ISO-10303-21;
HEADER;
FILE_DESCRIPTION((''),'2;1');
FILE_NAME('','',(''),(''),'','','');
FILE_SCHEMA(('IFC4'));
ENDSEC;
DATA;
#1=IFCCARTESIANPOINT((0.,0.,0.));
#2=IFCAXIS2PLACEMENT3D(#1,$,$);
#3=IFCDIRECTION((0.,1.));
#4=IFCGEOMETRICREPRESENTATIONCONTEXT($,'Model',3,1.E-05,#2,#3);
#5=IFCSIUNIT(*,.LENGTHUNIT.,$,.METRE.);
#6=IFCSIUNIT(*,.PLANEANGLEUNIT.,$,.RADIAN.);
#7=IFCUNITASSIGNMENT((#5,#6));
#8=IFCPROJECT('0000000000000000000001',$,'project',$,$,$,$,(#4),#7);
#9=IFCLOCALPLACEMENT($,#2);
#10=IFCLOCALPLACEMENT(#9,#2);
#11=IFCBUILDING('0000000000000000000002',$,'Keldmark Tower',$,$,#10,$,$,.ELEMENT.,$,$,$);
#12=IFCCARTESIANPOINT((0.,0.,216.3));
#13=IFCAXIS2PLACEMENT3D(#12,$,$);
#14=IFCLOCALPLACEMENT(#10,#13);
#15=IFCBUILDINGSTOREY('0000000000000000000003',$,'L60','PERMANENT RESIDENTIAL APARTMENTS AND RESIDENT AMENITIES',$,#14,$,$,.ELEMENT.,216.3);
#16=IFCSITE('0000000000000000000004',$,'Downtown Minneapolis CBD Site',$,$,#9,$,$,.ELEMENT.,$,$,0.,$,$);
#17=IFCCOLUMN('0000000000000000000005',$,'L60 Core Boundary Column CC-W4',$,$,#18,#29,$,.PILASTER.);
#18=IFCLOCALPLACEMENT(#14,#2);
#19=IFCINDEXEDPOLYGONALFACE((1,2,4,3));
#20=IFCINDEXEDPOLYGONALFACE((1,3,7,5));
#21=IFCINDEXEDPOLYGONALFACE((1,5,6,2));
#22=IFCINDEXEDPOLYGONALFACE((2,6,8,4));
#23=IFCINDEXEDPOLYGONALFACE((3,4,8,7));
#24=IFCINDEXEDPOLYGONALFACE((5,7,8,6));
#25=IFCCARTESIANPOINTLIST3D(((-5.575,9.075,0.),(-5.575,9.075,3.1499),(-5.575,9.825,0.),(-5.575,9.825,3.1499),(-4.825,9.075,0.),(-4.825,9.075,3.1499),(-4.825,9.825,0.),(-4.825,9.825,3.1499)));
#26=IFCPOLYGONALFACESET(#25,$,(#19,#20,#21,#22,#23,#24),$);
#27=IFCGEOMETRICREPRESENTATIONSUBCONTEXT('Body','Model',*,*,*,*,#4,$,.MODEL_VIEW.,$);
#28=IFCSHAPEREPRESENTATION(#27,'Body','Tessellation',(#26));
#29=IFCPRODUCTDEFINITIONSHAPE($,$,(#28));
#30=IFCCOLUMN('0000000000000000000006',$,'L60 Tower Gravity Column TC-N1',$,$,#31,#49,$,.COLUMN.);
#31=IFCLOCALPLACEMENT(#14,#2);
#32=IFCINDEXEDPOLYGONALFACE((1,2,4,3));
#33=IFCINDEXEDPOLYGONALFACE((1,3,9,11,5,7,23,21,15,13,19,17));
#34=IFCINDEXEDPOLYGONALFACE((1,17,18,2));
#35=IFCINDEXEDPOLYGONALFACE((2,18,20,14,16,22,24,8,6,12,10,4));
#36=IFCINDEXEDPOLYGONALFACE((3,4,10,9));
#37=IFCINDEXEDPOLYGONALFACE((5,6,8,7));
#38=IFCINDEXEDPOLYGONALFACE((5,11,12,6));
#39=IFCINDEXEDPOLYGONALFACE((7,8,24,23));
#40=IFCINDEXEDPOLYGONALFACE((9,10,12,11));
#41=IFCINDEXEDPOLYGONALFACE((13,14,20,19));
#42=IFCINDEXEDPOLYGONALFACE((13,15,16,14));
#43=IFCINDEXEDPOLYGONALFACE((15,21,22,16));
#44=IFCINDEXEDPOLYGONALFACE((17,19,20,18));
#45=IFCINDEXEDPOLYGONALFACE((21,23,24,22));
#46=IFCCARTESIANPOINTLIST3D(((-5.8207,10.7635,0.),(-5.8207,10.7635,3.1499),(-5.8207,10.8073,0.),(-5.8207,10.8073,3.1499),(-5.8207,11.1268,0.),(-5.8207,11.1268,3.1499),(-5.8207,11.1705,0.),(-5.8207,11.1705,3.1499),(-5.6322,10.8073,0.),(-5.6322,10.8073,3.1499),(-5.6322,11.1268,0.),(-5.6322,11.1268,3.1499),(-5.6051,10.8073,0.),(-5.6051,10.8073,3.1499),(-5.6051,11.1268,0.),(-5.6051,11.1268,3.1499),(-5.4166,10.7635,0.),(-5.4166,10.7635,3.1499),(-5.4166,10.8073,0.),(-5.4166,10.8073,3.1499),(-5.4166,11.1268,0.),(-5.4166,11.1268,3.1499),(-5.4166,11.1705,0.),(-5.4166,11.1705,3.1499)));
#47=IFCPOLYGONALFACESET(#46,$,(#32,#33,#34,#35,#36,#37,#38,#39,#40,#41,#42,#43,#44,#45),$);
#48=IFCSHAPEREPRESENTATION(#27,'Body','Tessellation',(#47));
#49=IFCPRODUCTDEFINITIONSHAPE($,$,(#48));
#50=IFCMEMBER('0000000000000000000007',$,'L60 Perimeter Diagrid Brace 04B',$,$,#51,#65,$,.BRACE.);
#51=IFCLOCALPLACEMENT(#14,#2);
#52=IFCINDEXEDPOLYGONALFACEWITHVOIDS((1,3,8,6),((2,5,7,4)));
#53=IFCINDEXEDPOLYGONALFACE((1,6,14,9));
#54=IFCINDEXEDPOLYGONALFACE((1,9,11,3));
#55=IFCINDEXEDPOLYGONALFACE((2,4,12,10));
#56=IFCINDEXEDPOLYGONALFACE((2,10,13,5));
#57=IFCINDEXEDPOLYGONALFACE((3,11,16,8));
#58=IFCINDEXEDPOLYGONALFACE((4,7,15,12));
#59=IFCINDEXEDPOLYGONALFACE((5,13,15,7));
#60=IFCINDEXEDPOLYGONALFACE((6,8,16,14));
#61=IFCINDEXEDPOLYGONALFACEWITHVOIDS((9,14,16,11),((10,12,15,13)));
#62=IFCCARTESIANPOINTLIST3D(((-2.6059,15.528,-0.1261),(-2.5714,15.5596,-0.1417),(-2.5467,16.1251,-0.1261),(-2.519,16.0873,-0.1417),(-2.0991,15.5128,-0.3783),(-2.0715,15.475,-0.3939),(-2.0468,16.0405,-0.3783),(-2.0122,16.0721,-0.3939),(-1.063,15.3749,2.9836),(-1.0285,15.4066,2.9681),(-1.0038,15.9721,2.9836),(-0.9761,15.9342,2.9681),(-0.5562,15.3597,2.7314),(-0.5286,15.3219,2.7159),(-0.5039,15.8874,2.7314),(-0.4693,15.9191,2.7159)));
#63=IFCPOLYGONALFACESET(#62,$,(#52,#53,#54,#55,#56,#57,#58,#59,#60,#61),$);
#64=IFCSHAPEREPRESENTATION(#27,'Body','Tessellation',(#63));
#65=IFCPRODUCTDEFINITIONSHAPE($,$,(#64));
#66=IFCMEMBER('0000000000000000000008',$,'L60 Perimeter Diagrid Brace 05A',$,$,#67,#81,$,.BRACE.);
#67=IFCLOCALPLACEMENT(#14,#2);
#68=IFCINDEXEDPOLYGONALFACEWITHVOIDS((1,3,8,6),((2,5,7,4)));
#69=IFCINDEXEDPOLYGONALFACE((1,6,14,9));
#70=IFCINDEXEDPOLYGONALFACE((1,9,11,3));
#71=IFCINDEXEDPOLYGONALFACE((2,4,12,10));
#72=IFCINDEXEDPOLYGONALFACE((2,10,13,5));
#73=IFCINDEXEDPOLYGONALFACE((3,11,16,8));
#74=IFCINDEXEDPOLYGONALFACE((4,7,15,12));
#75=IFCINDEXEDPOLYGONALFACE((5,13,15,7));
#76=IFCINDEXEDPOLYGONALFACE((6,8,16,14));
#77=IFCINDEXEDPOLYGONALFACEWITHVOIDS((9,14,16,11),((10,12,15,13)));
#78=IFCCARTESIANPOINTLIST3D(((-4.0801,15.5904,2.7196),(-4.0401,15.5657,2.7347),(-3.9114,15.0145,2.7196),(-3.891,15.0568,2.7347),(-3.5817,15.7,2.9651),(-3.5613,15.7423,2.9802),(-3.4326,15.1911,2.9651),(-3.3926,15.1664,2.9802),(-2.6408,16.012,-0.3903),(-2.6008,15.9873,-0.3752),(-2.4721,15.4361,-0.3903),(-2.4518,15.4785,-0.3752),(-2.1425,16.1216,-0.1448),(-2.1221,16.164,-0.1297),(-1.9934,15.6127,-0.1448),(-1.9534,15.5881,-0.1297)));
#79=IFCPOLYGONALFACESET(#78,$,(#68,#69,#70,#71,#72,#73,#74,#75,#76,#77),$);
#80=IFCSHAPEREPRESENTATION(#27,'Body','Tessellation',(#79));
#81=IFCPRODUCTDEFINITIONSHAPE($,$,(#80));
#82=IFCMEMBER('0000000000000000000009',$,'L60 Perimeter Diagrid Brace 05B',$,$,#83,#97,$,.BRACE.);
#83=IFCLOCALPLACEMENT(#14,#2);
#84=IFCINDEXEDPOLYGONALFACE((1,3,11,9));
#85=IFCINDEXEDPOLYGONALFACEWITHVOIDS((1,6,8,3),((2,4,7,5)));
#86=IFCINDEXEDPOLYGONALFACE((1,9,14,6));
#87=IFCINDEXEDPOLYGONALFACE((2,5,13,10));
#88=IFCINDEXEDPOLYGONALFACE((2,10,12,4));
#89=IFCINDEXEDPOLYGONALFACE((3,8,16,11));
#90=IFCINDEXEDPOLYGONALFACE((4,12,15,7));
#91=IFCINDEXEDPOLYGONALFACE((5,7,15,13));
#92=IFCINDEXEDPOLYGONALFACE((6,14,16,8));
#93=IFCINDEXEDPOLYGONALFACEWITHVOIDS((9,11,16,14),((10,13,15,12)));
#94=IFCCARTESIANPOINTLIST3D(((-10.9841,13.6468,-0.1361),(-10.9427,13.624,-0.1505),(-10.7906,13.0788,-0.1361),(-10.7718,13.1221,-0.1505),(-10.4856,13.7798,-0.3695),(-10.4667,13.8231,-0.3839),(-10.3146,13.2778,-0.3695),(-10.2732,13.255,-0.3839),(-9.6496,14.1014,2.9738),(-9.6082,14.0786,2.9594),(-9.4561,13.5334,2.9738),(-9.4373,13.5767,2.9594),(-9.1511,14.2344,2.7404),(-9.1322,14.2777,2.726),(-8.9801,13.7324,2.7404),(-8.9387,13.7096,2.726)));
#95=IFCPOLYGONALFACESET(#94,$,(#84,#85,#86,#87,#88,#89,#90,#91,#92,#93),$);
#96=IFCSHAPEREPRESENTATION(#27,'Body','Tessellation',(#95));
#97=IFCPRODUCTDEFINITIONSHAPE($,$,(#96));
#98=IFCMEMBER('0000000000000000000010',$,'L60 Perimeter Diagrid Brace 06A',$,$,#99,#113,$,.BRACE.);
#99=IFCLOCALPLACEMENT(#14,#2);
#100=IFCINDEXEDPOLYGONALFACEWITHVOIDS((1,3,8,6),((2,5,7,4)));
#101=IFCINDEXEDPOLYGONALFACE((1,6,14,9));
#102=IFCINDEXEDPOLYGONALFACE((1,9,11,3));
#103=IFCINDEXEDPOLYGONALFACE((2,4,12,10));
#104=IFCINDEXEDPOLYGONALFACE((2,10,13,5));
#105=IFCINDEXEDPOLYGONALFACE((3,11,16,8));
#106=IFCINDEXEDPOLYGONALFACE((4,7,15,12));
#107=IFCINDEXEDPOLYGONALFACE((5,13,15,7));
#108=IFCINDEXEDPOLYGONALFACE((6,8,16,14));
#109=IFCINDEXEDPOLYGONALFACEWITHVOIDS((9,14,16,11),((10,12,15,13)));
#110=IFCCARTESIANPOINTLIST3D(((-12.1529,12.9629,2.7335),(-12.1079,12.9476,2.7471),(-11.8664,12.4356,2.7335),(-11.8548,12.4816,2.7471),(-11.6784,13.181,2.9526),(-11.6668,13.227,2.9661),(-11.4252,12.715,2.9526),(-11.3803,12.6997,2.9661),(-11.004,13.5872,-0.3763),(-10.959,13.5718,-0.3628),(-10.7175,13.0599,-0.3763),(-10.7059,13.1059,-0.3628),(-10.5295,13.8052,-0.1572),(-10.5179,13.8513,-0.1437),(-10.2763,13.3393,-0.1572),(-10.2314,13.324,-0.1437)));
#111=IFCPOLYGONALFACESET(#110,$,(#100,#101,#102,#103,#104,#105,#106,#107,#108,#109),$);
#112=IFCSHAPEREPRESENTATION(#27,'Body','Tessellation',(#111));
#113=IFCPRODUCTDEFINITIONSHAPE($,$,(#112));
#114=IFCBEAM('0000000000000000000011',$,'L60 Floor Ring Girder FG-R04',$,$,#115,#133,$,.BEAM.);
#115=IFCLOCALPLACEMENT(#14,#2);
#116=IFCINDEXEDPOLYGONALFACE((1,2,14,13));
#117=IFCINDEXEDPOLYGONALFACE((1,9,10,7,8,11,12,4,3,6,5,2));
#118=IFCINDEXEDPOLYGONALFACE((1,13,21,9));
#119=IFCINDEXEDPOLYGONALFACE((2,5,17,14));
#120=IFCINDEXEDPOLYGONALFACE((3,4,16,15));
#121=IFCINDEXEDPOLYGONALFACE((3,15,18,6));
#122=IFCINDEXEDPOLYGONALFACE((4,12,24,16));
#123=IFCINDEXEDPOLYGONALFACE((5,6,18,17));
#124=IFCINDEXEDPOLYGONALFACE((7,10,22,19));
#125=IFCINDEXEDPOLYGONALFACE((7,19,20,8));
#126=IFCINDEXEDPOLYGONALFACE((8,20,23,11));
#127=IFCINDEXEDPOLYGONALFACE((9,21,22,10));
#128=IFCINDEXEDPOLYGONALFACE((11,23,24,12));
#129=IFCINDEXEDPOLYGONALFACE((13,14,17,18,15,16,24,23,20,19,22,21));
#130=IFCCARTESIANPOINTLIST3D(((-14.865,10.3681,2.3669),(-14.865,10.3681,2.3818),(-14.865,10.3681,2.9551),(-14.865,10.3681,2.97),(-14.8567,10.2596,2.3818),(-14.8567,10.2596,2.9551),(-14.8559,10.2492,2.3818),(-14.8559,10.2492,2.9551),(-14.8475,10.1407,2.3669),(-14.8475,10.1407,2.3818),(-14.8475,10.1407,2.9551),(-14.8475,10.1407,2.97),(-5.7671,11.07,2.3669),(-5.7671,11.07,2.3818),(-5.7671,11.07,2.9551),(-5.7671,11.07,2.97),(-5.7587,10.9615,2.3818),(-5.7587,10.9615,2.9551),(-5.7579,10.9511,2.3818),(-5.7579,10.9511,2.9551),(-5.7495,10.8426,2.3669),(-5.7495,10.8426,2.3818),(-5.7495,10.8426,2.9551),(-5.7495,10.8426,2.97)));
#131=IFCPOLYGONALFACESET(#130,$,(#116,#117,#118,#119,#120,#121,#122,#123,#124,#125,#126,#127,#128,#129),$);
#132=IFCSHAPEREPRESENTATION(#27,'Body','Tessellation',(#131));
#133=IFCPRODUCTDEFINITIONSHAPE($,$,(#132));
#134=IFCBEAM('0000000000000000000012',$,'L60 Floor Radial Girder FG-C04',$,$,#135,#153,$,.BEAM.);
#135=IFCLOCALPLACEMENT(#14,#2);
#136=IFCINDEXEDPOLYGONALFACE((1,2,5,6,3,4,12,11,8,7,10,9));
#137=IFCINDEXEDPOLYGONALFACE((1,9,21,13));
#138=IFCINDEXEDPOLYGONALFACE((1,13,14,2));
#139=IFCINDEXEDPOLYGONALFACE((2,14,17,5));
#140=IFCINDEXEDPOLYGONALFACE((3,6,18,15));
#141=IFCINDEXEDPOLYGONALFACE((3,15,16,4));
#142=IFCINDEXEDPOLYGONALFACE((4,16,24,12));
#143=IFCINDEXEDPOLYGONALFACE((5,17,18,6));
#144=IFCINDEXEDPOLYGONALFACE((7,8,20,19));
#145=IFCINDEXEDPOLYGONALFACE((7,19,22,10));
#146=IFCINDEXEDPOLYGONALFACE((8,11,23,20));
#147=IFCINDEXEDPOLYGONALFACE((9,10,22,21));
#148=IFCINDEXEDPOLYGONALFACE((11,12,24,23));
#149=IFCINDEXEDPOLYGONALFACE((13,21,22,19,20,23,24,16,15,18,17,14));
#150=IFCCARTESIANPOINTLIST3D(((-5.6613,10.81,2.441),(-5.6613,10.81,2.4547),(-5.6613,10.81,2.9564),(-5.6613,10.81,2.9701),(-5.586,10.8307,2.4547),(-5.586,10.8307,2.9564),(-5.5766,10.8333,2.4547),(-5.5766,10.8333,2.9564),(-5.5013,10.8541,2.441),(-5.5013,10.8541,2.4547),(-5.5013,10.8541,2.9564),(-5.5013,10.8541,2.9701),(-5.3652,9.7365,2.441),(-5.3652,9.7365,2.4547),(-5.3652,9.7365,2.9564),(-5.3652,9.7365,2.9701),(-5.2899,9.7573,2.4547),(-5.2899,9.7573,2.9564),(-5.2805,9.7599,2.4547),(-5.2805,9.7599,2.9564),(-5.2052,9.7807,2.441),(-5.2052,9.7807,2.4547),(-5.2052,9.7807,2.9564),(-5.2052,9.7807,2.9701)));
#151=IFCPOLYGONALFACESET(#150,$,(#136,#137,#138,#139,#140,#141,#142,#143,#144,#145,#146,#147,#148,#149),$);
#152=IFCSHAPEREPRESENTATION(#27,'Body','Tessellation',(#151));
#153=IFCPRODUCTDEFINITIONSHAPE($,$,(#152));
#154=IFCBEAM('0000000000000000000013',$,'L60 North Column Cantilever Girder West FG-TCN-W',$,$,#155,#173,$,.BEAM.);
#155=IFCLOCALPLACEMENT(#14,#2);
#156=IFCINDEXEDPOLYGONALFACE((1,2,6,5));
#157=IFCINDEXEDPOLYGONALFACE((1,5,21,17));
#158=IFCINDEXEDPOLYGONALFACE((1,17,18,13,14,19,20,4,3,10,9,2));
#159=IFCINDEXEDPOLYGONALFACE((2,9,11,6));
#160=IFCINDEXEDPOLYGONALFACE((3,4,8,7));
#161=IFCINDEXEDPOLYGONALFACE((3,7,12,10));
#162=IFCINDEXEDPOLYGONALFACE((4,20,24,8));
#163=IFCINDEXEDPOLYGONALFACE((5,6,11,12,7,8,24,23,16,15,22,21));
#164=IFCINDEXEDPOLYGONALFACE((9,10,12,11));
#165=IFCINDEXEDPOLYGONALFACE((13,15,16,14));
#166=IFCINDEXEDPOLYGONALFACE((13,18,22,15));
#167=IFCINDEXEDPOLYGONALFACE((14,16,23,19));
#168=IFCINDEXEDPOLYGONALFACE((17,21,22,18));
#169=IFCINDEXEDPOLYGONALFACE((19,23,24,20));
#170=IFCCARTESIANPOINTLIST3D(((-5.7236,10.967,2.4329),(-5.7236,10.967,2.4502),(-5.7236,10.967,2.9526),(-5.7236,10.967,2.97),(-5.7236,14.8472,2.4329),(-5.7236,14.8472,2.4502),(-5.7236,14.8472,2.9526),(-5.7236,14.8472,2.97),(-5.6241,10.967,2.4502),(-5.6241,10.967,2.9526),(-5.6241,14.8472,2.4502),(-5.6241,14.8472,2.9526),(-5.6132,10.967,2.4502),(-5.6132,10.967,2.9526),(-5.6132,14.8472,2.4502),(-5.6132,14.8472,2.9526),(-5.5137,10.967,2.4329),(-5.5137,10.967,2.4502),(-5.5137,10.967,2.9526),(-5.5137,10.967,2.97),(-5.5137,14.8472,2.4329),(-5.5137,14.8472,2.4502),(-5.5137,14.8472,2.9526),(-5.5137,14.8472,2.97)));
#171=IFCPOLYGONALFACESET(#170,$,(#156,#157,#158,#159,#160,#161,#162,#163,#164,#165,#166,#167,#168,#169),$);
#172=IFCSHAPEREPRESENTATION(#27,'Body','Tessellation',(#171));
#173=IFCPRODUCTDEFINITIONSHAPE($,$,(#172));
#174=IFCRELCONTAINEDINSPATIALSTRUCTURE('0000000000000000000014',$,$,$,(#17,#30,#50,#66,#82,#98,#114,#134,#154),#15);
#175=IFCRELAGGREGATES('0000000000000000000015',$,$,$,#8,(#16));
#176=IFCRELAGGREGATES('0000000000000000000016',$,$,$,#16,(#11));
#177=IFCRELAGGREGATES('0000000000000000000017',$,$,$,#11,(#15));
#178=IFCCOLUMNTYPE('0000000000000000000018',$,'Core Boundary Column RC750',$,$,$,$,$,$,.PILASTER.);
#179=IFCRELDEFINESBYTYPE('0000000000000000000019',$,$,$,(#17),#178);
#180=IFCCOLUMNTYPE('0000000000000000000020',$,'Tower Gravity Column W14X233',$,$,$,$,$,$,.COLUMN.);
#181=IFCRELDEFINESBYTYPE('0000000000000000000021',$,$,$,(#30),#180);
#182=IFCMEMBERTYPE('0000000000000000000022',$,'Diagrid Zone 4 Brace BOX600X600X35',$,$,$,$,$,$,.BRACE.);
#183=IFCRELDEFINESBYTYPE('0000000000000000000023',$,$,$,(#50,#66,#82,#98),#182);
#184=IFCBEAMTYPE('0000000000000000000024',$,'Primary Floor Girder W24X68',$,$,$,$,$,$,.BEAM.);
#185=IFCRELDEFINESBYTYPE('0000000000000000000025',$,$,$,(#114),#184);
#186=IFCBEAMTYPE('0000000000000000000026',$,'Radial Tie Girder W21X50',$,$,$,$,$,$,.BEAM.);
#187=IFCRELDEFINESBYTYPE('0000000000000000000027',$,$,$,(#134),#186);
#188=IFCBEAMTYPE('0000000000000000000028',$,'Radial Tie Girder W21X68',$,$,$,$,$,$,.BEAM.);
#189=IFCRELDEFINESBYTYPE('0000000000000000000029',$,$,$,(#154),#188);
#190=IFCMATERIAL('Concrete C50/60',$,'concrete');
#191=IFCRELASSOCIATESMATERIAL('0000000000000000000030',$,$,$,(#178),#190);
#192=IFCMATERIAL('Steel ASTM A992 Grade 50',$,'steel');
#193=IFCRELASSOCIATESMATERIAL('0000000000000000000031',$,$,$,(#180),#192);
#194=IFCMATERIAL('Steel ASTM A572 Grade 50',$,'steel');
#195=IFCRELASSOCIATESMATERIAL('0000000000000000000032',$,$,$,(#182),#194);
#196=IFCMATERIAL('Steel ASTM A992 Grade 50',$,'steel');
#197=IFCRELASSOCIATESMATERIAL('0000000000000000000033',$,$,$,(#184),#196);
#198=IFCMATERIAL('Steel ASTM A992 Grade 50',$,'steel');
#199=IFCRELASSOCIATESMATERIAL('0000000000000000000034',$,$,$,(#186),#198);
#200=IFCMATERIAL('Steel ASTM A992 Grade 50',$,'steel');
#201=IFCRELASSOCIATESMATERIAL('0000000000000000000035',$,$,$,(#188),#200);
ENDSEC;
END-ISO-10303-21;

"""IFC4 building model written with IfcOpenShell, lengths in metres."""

from ifc_helpers import new_model, si_unit, direction, frame, origin, origin_2d, place, context, subcontext, project, spatial, rectangle, hollow_rectangle, i_section, extrude, material, material_profile, profile_set, type_object, element, save


model = new_model("IFC4")

# Units and contexts
model_context = context("Model", 3, precision=1e-05, world=origin(), true_north=direction((0.0, 1.0)))
body_context = subcontext(model_context, "Body", "Model", "MODEL_VIEW")
ifc_project = project(units=[si_unit("LENGTHUNIT", "METRE"), si_unit("PLANEANGLEUNIT", "RADIAN")], contexts=[model_context])

# Site, building, storey
site_placement = place(None, origin())
site = spatial("IfcSite", under=ifc_project, at=site_placement, Name="Downtown Minneapolis CBD Site", CompositionType="ELEMENT", RefElevation=0.0)
building_placement = place(site_placement, origin())
building = spatial("IfcBuilding", under=site, at=building_placement, Name="Keldmark Tower", CompositionType="ELEMENT")
storey_placement = place(building_placement, frame((0.0, 0.0, 216.3)))
storey = spatial("IfcBuildingStorey", under=building, at=storey_placement, Name="L60", Description="PERMANENT RESIDENTIAL APARTMENTS AND RESIDENT AMENITIES", CompositionType="ELEMENT", Elevation=216.3)

# Columns
ifc_material_1 = material(Name="Concrete C50/60", Category="concrete")
ifc_material_profile_1 = material_profile(ifc_material_1, rectangle(XDim=0.75, YDim=0.75, at=origin_2d()), Name="RC750X750")
ifc_profile_set_1 = profile_set([ifc_material_profile_1], Name="Concrete C50/60")
column_type_1 = type_object("IfcColumnType", Name="Core Boundary Column RC750", PredefinedType="PILASTER", material=ifc_profile_set_1)
column_1_placement = place(storey_placement, frame((-5.2, 9.45, 0.0), z_axis=(0.0, 0.0, 1.0), x_axis=(1.0, 0.0, 0.0)))
element("IfcColumn", 1, at=column_1_placement, inside=storey, type_object=column_type_1, Name="L60 Core Boundary Column CC-W4", PredefinedType="PILASTER", context=body_context, shape_type="SweptSolid", body=[
    extrude(rectangle(XDim=0.75, YDim=0.75, at=origin_2d()), origin(), (0.0, 0.0, 1.0), 3.1499),
])
ifc_material_2 = material(Name="Steel ASTM A992 Grade 50", Category="steel")
ifc_material_profile_2 = material_profile(ifc_material_2, i_section(OverallWidth=0.4041, OverallDepth=0.407, WebThickness=0.0271, FlangeThickness=0.0437, at=origin_2d()), Name="W14X233")
ifc_profile_set_2 = profile_set([ifc_material_profile_2], Name="Steel ASTM A992 Grade 50")
column_type_2 = type_object("IfcColumnType", Name="Tower Gravity Column W14X233", PredefinedType="COLUMN", material=ifc_profile_set_2)
column_2_placement = place(storey_placement, frame((-5.6187, 10.967, 0.0), z_axis=(0.0, 0.0, 1.0), x_axis=(1.0, 0.0, 0.0)))
element("IfcColumn", 2, at=column_2_placement, inside=storey, type_object=column_type_2, Name="L60 Tower Gravity Column TC-N1", PredefinedType="COLUMN", context=body_context, shape_type="SweptSolid", body=[
    extrude(i_section(OverallWidth=0.4041, OverallDepth=0.407, WebThickness=0.0271, FlangeThickness=0.0437, at=origin_2d()), origin(), (0.0, 0.0, 1.0), 3.1499),
])

# Members
ifc_material_3 = material(Name="Steel ASTM A572 Grade 50", Category="steel")
ifc_material_profile_3 = material_profile(ifc_material_3, hollow_rectangle(XDim=0.6001, YDim=0.6001, WallThickness=0.0349, at=origin_2d()), Name="BOX600X600X35")
ifc_profile_set_3 = profile_set([ifc_material_profile_3], Name="Steel ASTM A572 Grade 50")
member_type = type_object("IfcMemberType", Name="Diagrid Zone 4 Brace BOX600X600X35", PredefinedType="BRACE", material=ifc_profile_set_3)
member_1_placement = place(storey_placement, frame((-2.3091, 15.8, -0.26), z_axis=(0.444023, -0.044051, 0.894932), x_axis=(0.098724, 0.995115, 0.0)))
element("IfcMember", 3, at=member_1_placement, inside=storey, type_object=member_type, Name="L60 Perimeter Diagrid Brace 04B", PredefinedType="BRACE", context=body_context, shape_type="SweptSolid", body=[
    extrude(hollow_rectangle(XDim=0.6001, YDim=0.6001, WallThickness=0.0349, at=origin_2d()), origin(), (0.0, 0.0, 1.0), 3.4749),
])
member_2_placement = place(storey_placement, frame((-2.2971, 15.8, -0.26), z_axis=(-0.41685, -0.12212, 0.900735), x_axis=(0.281144, -0.959666, 0.0)))
element("IfcMember", 4, at=member_2_placement, inside=storey, type_object=member_type, Name="L60 Perimeter Diagrid Brace 05A", PredefinedType="BRACE", context=body_context, shape_type="SweptSolid", body=[
    extrude(hollow_rectangle(XDim=0.6001, YDim=0.6001, WallThickness=0.0349, at=origin_2d()), origin(), (0.0, 0.0, 1.0), 3.4526),
])
member_3_placement = place(storey_placement, frame((-10.6287, 13.4509, -0.26), z_axis=(0.390827, 0.133136, 0.910785), x_axis=(-0.322455, 0.946585, 0.0)))
element("IfcMember", 5, at=member_3_placement, inside=storey, type_object=member_type, Name="L60 Perimeter Diagrid Brace 05B", PredefinedType="BRACE", context=body_context, shape_type="SweptSolid", body=[
    extrude(hollow_rectangle(XDim=0.6001, YDim=0.6001, WallThickness=0.0349, at=origin_2d()), origin(), (0.0, 0.0, 1.0), 3.4146),
])
member_4_placement = place(storey_placement, frame((-10.6177, 13.4556, -0.26), z_axis=(-0.340567, -0.185046, 0.921831), x_axis=(0.477426, -0.878672, 0.0)))
element("IfcMember", 6, at=member_4_placement, inside=storey, type_object=member_type, Name="L60 Perimeter Diagrid Brace 06A", PredefinedType="BRACE", context=body_context, shape_type="SweptSolid", body=[
    extrude(hollow_rectangle(XDim=0.6001, YDim=0.6001, WallThickness=0.0349, at=origin_2d()), origin(), (0.0, 0.0, 1.0), 3.3735),
])

# Beams
ifc_material_4 = material(Name="Steel ASTM A992 Grade 50", Category="steel")
ifc_material_profile_4 = material_profile(ifc_material_4, i_section(OverallWidth=0.228, OverallDepth=0.603, WebThickness=0.0105, FlangeThickness=0.0149, at=origin_2d()), Name="W24X68")
ifc_profile_set_4 = profile_set([ifc_material_profile_4], Name="Steel ASTM A992 Grade 50")
beam_type_1 = type_object("IfcBeamType", Name="Primary Floor Girder W24X68", PredefinedType="BEAM", material=ifc_profile_set_4)
beam_1_placement = place(storey_placement, frame((-5.7583, 10.9563, 2.6685), z_axis=(-0.997037, -0.076922, 0.0), x_axis=(0.076922, -0.997037, 0.0)))
element("IfcBeam", 7, at=beam_1_placement, inside=storey, type_object=beam_type_1, Name="L60 Floor Ring Girder FG-R04", PredefinedType="BEAM", context=body_context, shape_type="SweptSolid", body=[
    extrude(i_section(OverallWidth=0.228, OverallDepth=0.603, WebThickness=0.0105, FlangeThickness=0.0149, at=origin_2d()), origin(), (0.0, 0.0, 1.0), 9.125),
])
ifc_material_5 = material(Name="Steel ASTM A992 Grade 50", Category="steel")
ifc_material_profile_5 = material_profile(ifc_material_5, i_section(OverallWidth=0.166, OverallDepth=0.5291, WebThickness=0.0098, FlangeThickness=0.0137, at=origin_2d()), Name="W21X50")
ifc_profile_set_5 = profile_set([ifc_material_profile_5], Name="Steel ASTM A992 Grade 50")
beam_type_2 = type_object("IfcBeamType", Name="Radial Tie Girder W21X50", PredefinedType="BEAM", material=ifc_profile_set_5)
beam_2_placement = place(storey_placement, frame((-5.5813, 10.832, 2.7056), z_axis=(0.265936, -0.963991, 0.0), x_axis=(0.963991, 0.265936, 0.0)))
element("IfcBeam", 8, at=beam_2_placement, inside=storey, type_object=beam_type_2, Name="L60 Floor Radial Girder FG-C04", PredefinedType="BEAM", context=body_context, shape_type="SweptSolid", body=[
    extrude(i_section(OverallWidth=0.166, OverallDepth=0.5291, WebThickness=0.0098, FlangeThickness=0.0137, at=origin_2d()), origin(), (0.0, 0.0, 1.0), 1.1135),
])
ifc_material_6 = material(Name="Steel ASTM A992 Grade 50", Category="steel")
ifc_material_profile_6 = material_profile(ifc_material_6, i_section(OverallWidth=0.21, OverallDepth=0.5371, WebThickness=0.011, FlangeThickness=0.0173, at=origin_2d()), Name="W21X68")
ifc_profile_set_6 = profile_set([ifc_material_profile_6], Name="Steel ASTM A992 Grade 50")
beam_type_3 = type_object("IfcBeamType", Name="Radial Tie Girder W21X68", PredefinedType="BEAM", material=ifc_profile_set_6)
beam_3_placement = place(storey_placement, frame((-5.6187, 10.967, 2.7014), z_axis=(0.0, 1.0, 0.0), x_axis=(-1.0, 0.0, 0.0)))
element("IfcBeam", 9, at=beam_3_placement, inside=storey, type_object=beam_type_3, Name="L60 North Column Cantilever Girder West FG-TCN-W", PredefinedType="BEAM", context=body_context, shape_type="SweptSolid", body=[
    extrude(i_section(OverallWidth=0.21, OverallDepth=0.5371, WebThickness=0.011, FlangeThickness=0.0173, at=origin_2d()), origin(), (0.0, 0.0, 1.0), 3.8801),
])

save(model, "model.ifc")
